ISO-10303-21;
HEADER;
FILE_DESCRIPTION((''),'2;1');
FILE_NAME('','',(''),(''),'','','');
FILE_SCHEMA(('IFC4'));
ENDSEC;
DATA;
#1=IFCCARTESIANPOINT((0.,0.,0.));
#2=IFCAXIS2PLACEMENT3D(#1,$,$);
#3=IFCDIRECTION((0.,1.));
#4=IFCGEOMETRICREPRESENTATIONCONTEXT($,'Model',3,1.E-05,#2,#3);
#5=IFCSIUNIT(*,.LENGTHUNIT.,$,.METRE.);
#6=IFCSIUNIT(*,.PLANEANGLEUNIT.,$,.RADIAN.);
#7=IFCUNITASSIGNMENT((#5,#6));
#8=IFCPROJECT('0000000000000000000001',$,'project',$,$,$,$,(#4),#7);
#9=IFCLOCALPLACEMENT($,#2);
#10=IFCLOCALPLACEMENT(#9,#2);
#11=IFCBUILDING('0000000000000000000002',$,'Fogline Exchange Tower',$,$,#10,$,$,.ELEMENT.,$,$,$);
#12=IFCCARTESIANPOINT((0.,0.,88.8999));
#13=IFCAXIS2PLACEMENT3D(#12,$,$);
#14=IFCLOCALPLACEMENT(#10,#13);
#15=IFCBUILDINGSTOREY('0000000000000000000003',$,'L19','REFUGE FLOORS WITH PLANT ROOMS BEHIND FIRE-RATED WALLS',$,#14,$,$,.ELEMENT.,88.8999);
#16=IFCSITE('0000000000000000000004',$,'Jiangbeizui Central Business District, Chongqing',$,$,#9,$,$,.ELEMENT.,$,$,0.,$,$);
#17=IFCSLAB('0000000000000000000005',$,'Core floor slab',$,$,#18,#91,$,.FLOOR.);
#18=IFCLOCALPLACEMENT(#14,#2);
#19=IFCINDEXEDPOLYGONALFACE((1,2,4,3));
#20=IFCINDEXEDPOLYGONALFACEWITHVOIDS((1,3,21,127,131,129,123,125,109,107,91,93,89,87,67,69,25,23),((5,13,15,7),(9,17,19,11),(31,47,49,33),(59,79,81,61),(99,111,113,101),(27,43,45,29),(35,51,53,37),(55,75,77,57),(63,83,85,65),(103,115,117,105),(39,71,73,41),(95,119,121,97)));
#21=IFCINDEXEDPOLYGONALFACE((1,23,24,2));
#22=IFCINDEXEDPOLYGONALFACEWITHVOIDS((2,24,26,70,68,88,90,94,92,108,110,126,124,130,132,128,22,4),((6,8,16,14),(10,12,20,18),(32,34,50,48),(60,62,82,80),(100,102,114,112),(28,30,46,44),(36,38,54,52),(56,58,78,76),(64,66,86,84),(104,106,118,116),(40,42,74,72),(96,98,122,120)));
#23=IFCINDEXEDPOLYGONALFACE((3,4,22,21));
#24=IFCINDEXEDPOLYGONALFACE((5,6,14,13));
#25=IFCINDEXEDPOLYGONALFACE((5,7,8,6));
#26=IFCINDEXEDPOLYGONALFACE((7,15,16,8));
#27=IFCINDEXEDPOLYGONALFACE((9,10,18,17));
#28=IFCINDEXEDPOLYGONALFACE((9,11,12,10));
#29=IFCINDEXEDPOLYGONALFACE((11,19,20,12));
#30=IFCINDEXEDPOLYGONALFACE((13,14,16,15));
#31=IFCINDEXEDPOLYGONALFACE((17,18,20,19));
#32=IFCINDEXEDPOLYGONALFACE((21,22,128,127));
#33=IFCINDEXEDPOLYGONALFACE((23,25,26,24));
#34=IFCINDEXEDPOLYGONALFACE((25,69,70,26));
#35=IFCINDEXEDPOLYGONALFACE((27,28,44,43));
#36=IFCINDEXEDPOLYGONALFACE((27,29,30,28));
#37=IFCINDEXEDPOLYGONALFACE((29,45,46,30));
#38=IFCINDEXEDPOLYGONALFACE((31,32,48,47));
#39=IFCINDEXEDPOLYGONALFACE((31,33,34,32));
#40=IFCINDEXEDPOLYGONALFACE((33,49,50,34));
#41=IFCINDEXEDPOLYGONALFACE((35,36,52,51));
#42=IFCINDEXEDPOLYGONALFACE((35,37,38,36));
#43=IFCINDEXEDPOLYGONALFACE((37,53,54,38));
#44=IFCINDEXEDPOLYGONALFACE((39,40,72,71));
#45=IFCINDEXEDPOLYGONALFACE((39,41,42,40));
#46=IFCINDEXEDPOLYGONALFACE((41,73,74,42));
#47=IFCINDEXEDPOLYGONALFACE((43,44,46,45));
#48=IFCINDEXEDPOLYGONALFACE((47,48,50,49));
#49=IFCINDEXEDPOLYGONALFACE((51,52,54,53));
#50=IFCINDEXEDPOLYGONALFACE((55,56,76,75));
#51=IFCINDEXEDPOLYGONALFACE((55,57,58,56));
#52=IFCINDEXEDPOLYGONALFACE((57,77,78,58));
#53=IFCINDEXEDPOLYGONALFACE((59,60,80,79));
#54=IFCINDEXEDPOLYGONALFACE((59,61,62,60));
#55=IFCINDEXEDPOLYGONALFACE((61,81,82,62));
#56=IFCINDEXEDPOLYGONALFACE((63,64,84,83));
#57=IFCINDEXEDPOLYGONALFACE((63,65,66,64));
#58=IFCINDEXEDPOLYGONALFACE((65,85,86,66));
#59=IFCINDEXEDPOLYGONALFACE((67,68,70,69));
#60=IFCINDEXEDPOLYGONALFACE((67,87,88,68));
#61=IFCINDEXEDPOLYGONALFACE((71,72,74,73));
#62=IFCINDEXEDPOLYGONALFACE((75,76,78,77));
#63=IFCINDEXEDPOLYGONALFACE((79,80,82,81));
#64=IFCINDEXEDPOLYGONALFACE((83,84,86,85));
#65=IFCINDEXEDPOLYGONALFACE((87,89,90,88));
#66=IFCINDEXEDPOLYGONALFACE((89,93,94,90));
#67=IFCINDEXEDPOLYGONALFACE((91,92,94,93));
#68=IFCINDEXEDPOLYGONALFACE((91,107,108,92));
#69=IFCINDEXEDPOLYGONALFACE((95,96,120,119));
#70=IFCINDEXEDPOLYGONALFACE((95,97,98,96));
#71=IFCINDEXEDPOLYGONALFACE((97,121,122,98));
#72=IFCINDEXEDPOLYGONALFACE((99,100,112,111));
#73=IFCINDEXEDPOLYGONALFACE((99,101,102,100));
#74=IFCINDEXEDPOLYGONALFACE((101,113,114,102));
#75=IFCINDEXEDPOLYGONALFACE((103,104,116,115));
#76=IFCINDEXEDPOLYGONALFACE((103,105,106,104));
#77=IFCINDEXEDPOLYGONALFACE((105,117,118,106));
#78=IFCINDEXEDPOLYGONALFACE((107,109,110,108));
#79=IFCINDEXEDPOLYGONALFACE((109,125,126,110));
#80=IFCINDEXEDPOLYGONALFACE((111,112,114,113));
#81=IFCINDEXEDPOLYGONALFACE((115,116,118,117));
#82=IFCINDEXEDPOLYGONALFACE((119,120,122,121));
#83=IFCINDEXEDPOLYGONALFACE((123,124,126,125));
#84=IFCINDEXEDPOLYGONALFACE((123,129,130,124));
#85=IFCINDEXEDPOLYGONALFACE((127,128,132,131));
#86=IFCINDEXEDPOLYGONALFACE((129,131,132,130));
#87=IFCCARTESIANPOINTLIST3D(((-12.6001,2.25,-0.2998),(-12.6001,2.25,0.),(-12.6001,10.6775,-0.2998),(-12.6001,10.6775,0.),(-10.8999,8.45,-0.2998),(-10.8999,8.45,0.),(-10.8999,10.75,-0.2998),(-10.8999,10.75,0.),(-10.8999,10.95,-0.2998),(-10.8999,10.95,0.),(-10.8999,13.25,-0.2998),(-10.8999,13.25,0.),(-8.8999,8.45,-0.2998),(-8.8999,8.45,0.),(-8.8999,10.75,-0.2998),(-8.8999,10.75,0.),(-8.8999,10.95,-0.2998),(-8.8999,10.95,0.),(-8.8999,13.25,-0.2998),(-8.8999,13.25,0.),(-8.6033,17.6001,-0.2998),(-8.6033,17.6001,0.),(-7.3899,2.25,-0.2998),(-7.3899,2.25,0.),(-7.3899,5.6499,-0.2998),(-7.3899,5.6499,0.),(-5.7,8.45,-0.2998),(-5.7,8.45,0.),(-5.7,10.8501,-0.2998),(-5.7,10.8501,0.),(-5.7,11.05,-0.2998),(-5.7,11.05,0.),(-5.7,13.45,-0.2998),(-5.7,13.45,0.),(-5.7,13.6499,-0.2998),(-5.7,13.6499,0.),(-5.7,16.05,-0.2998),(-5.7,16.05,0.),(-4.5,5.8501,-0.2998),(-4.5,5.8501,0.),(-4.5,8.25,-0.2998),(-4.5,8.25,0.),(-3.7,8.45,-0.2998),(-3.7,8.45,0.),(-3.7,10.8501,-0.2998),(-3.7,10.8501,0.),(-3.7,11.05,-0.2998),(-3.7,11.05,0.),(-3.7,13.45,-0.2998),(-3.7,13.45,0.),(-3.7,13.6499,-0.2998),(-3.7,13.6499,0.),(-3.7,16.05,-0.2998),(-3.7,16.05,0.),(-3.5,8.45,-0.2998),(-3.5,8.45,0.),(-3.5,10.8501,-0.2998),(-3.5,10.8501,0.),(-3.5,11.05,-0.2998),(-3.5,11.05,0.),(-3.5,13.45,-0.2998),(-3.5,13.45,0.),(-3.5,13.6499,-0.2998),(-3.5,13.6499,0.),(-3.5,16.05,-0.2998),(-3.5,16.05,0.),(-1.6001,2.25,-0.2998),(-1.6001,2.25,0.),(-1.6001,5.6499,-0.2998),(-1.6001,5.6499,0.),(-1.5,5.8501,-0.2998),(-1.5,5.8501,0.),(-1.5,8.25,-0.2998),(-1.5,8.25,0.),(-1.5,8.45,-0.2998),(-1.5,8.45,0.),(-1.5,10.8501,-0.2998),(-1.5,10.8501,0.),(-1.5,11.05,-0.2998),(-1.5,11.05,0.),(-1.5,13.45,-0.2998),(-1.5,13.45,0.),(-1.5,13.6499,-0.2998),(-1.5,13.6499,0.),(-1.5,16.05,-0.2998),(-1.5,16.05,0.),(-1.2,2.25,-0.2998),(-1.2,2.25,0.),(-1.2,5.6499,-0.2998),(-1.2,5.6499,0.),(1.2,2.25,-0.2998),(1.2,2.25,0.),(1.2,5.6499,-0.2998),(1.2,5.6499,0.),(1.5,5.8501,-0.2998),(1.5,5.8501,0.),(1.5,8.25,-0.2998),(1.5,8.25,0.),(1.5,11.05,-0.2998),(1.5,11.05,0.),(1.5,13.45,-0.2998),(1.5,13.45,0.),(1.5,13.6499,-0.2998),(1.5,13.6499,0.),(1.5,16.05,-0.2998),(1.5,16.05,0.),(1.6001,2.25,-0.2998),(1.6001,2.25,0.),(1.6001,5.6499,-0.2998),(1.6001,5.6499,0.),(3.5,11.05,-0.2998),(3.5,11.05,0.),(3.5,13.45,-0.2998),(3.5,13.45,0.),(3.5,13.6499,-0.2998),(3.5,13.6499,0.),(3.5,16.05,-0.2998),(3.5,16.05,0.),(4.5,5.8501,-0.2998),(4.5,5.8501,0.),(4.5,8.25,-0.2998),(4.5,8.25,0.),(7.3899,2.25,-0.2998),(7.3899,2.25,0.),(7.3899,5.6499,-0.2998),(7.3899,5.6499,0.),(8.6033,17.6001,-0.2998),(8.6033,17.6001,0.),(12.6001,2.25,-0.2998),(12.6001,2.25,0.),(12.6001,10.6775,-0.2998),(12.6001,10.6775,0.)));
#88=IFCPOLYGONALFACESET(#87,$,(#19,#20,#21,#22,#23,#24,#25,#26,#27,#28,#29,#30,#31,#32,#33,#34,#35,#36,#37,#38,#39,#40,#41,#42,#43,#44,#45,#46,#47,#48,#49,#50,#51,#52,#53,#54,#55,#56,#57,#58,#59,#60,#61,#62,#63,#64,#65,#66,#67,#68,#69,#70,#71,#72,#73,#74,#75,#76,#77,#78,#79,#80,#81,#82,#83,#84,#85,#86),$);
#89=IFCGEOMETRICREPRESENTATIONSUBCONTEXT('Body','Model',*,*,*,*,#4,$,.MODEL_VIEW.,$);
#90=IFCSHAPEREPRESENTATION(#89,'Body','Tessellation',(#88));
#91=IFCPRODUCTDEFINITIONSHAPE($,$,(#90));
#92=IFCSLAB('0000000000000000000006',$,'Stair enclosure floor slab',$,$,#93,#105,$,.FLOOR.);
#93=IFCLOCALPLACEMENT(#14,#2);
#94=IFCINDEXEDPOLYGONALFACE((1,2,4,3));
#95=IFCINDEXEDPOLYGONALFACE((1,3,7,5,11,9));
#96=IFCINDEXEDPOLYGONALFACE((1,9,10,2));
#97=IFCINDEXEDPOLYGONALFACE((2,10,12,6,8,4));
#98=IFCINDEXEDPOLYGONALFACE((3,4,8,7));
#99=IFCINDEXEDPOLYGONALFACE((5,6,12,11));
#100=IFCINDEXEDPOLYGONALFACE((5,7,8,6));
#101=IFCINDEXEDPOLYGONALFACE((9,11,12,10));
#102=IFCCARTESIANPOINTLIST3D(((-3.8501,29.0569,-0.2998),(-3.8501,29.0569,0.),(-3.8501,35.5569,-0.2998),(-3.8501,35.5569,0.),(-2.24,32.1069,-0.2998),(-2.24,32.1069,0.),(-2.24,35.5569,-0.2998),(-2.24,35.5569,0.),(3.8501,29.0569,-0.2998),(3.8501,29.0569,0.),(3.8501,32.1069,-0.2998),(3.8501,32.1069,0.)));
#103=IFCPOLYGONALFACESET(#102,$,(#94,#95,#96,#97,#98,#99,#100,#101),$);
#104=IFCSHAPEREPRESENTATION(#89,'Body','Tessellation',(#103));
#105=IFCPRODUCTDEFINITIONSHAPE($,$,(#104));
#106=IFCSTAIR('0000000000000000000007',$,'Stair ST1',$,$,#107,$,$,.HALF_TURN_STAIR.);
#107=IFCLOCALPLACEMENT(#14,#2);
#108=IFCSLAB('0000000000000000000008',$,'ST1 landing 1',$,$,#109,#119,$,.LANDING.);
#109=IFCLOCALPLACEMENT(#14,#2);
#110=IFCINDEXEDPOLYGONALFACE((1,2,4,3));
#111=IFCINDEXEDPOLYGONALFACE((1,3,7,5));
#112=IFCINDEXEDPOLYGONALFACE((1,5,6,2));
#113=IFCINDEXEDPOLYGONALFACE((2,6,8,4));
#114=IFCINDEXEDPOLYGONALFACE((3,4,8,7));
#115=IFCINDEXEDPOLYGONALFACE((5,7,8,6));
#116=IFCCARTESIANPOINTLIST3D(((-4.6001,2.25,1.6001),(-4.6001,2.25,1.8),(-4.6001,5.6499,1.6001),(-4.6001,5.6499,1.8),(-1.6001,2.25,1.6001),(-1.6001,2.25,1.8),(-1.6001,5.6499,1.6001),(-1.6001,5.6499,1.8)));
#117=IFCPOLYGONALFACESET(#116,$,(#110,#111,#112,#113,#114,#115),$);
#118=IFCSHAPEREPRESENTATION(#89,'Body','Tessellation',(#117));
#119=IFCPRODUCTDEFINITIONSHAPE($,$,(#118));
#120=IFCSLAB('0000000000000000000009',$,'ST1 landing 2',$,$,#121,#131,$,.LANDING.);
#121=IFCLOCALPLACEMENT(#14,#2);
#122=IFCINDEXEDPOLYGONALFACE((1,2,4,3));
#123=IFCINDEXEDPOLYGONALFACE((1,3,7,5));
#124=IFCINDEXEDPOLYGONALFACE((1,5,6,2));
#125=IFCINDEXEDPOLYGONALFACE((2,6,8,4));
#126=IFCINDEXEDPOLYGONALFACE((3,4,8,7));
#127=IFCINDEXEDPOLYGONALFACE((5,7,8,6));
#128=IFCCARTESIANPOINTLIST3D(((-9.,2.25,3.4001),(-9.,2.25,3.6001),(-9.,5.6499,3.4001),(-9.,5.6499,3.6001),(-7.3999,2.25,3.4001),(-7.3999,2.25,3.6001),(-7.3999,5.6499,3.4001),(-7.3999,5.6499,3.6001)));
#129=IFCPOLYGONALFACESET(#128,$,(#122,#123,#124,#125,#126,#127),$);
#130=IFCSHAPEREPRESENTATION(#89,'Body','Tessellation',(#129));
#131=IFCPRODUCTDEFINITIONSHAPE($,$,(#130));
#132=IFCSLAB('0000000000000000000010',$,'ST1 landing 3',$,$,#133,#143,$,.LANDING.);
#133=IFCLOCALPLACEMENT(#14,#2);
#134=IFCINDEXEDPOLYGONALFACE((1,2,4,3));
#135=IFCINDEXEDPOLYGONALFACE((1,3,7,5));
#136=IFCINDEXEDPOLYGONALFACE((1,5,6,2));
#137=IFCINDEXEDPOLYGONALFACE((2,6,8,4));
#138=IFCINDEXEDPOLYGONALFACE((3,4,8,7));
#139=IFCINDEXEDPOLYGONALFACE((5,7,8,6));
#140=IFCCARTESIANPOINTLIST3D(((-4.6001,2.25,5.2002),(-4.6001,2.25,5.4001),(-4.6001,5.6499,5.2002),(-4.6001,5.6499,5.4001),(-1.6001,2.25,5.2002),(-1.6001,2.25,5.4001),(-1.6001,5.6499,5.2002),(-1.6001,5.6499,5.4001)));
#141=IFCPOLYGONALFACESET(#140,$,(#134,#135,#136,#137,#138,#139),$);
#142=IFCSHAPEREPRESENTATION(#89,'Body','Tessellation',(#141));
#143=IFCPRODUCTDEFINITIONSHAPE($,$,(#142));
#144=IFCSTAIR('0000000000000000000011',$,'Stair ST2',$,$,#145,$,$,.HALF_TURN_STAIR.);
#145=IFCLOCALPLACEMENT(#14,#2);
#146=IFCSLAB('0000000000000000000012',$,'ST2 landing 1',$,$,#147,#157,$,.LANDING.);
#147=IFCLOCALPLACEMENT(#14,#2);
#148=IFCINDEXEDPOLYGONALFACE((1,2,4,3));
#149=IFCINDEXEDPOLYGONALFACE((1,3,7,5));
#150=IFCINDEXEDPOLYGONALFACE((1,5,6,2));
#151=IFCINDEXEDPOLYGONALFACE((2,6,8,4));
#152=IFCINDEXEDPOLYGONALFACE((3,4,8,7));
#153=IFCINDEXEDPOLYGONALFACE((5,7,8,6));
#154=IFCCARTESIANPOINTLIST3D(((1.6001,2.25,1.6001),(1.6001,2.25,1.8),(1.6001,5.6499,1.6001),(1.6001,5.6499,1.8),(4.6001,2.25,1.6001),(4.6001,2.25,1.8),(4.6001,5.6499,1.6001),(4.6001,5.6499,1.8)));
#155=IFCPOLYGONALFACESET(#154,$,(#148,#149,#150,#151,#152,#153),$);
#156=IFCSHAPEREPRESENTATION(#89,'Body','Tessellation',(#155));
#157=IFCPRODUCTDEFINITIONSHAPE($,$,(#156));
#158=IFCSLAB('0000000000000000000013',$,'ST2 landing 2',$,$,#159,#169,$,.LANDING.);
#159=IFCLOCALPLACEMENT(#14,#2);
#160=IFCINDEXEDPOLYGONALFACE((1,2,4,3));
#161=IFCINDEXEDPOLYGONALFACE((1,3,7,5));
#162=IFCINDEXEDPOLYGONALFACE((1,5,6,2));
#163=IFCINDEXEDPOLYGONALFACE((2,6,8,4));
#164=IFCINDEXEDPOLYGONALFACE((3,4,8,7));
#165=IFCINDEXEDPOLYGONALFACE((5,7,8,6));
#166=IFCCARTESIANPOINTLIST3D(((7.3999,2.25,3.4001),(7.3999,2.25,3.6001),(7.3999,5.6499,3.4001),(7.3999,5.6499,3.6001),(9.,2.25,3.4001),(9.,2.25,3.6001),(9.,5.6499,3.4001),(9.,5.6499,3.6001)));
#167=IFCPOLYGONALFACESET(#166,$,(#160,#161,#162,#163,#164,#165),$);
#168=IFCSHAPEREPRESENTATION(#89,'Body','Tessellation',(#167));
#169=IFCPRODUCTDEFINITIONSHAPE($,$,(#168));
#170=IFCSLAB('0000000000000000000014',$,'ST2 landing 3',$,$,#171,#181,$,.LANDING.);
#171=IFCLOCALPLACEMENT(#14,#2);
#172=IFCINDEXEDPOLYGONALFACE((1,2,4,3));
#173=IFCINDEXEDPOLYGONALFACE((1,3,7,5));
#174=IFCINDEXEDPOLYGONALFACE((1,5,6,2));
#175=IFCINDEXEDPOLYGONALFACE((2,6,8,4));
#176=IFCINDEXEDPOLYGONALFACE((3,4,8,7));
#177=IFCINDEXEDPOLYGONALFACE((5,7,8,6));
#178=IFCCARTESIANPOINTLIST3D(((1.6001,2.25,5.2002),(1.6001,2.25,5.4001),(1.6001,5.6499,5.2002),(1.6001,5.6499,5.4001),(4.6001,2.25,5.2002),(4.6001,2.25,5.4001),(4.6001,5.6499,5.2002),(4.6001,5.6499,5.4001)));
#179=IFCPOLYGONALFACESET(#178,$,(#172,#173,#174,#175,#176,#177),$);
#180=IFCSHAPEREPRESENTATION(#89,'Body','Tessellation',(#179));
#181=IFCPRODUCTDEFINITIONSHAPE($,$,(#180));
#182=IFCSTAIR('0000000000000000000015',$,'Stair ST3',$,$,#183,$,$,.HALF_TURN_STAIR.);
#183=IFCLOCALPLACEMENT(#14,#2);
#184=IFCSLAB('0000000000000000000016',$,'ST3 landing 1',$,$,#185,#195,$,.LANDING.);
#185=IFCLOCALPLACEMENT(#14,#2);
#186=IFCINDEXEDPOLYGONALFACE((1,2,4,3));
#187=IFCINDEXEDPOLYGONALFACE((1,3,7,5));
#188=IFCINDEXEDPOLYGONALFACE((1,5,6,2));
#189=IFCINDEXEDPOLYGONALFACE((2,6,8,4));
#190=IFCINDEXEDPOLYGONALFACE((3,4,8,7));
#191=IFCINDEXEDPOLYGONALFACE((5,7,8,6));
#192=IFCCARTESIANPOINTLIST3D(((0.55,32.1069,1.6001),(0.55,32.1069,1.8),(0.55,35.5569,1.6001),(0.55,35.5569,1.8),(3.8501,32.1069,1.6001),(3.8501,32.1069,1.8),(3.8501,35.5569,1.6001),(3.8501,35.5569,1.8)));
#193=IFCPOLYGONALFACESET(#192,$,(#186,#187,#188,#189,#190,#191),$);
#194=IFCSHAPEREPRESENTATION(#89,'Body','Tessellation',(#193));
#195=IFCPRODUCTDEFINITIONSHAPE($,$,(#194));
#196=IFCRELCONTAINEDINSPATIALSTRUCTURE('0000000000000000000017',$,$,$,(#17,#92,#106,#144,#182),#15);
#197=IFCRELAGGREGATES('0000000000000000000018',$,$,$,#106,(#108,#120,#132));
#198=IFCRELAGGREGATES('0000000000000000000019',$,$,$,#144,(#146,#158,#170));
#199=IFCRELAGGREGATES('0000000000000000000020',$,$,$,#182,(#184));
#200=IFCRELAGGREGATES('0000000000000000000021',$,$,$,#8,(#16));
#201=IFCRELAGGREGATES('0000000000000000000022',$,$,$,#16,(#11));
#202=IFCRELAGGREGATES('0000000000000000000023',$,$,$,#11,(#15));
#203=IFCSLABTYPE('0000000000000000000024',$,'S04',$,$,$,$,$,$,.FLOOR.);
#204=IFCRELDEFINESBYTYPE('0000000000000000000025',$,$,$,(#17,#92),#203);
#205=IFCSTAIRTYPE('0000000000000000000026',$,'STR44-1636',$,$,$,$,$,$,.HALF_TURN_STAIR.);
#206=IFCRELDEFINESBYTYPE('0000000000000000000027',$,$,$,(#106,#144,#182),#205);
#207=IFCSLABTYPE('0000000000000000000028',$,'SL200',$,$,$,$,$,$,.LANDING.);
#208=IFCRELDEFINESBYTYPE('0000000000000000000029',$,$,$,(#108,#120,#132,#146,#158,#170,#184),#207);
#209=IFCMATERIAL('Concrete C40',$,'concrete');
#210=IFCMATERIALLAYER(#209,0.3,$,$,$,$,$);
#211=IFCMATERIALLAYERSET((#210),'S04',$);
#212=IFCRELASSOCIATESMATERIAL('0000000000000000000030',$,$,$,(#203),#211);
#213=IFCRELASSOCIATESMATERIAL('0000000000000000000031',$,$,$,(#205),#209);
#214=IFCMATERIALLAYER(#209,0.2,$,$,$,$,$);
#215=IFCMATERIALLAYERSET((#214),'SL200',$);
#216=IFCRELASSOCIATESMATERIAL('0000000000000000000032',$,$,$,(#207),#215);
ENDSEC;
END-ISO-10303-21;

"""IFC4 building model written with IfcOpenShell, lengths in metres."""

from ifc_helpers import new_model, si_unit, direction, frame, origin, place, context, subcontext, project, spatial, polyline, outline, extrude, material, layer, layer_set, type_object, element, aggregate, save


model = new_model("IFC4")

# Units and contexts
model_context = context("Model", 3, precision=1e-05, world=origin(), true_north=direction((0.0, 1.0)))
body_context = subcontext(model_context, "Body", "Model", "MODEL_VIEW")
ifc_project = project(units=[si_unit("LENGTHUNIT", "METRE"), si_unit("PLANEANGLEUNIT", "RADIAN")], contexts=[model_context])

# Site, building, storey
site_placement = place(None, origin())
site = spatial("IfcSite", under=ifc_project, at=site_placement, Name="Jiangbeizui Central Business District, Chongqing", CompositionType="ELEMENT", RefElevation=0.0)
building_placement = place(site_placement, origin())
building = spatial("IfcBuilding", under=site, at=building_placement, Name="Fogline Exchange Tower", CompositionType="ELEMENT")
storey_placement = place(building_placement, frame((0.0, 0.0, 88.8999)))
storey = spatial("IfcBuildingStorey", under=building, at=storey_placement, Name="L19", Description="REFUGE FLOORS WITH PLANT ROOMS BEHIND FIRE-RATED WALLS", CompositionType="ELEMENT", Elevation=88.8999)

# Slabs
ifc_material_1 = material(Name="Concrete C40", Category="concrete")
ifc_layer_1 = layer(ifc_material_1, 0.3)
ifc_layer_set_1 = layer_set([ifc_layer_1], Name="S04")
slab_type_1 = type_object("IfcSlabType", Name="S04", PredefinedType="FLOOR", material=ifc_layer_set_1)
slab_1_placement = place(storey_placement, frame((0.0, 0.0, -0.2998)))
element("IfcSlab", 1, at=slab_1_placement, inside=storey, type_object=slab_type_1, Name="Core floor slab", PredefinedType="FLOOR", context=body_context, shape_type="SweptSolid", body=[
    extrude(outline(polyline([(-12.6001, 2.25), (-12.6001, 10.6775), (-8.6033, 17.6001), (8.6033, 17.6001), (12.6001, 10.6775), (12.6001, 2.25), (7.3899, 2.25), (7.3899, 5.6499), (1.6001, 5.6499), (1.6001, 2.25), (1.2, 2.25), (1.2, 5.6499), (-1.2, 5.6499), (-1.2, 2.25), (-1.6001, 2.25), (-1.6001, 5.6499), (-7.3899, 5.6499), (-7.3899, 2.25), (-12.6001, 2.25)]), holes=[polyline([(-1.5, 8.25), (-4.5, 8.25), (-4.5, 5.8501), (-1.5, 5.8501), (-1.5, 8.25)]), polyline([(-8.8999, 10.75), (-10.8999, 10.75), (-10.8999, 8.45), (-8.8999, 8.45), (-8.8999, 10.75)]), polyline([(-3.7, 10.8501), (-5.7, 10.8501), (-5.7, 8.45), (-3.7, 8.45), (-3.7, 10.8501)]), polyline([(-1.5, 10.8501), (-3.5, 10.8501), (-3.5, 8.45), (-1.5, 8.45), (-1.5, 10.8501)]), polyline([(-8.8999, 13.25), (-10.8999, 13.25), (-10.8999, 10.95), (-8.8999, 10.95), (-8.8999, 13.25)]), polyline([(-3.7, 13.45), (-5.7, 13.45), (-5.7, 11.05), (-3.7, 11.05), (-3.7, 13.45)]), polyline([(-3.7, 16.05), (-5.7, 16.05), (-5.7, 13.6499), (-3.7, 13.6499), (-3.7, 16.05)]), polyline([(4.5, 8.25), (1.5, 8.25), (1.5, 5.8501), (4.5, 5.8501), (4.5, 8.25)]), polyline([(-1.5, 13.45), (-3.5, 13.45), (-3.5, 11.05), (-1.5, 11.05), (-1.5, 13.45)]), polyline([(3.5, 13.45), (1.5, 13.45), (1.5, 11.05), (3.5, 11.05), (3.5, 13.45)]), polyline([(-1.5, 16.05), (-3.5, 16.05), (-3.5, 13.6499), (-1.5, 13.6499), (-1.5, 16.05)]), polyline([(3.5, 16.05), (1.5, 16.05), (1.5, 13.6499), (3.5, 13.6499), (3.5, 16.05)])]), origin(), (0.0, 0.0, 1.0), 0.2998),
])
slab_2_placement = place(storey_placement, frame((0.0, 0.0, -0.2998)))
element("IfcSlab", 2, at=slab_2_placement, inside=storey, type_object=slab_type_1, Name="Stair enclosure floor slab", PredefinedType="FLOOR", context=body_context, shape_type="SweptSolid", body=[
    extrude(outline(polyline([(3.8501, 29.0569), (-3.8501, 29.0569), (-3.8501, 35.5569), (-2.24, 35.5569), (-2.24, 32.1069), (3.8501, 32.1069), (3.8501, 29.0569)])), origin(), (0.0, 0.0, 1.0), 0.2998),
])

# Stairs, slabs
stair_type = type_object("IfcStairType", Name="STR44-1636", PredefinedType="HALF_TURN_STAIR", material=ifc_material_1)
stair_1_placement = place(storey_placement, origin())
stair_1 = element("IfcStair", 3, at=stair_1_placement, inside=storey, type_object=stair_type, Name="Stair ST1", PredefinedType="HALF_TURN_STAIR")
ifc_layer_2 = layer(ifc_material_1, 0.2)
ifc_layer_set_2 = layer_set([ifc_layer_2], Name="SL200")
slab_type_2 = type_object("IfcSlabType", Name="SL200", PredefinedType="LANDING", material=ifc_layer_set_2)
slab_3_placement = place(storey_placement, frame((0.0, 0.0, 1.6001)))
slab_3 = element("IfcSlab", 4, at=slab_3_placement, type_object=slab_type_2, Name="ST1 landing 1", PredefinedType="LANDING", context=body_context, shape_type="SweptSolid", body=[
    extrude(outline(polyline([(-4.6001, 2.25), (-1.6001, 2.25), (-1.6001, 5.6499), (-4.6001, 5.6499), (-4.6001, 2.25)])), origin(), (0.0, 0.0, 1.0), 0.2),
])
slab_4_placement = place(storey_placement, frame((0.0, 0.0, 3.4001)))
slab_4 = element("IfcSlab", 5, at=slab_4_placement, type_object=slab_type_2, Name="ST1 landing 2", PredefinedType="LANDING", context=body_context, shape_type="SweptSolid", body=[
    extrude(outline(polyline([(-9.0, 2.25), (-7.3999, 2.25), (-7.3999, 5.6499), (-9.0, 5.6499), (-9.0, 2.25)])), origin(), (0.0, 0.0, 1.0), 0.2),
])
slab_5_placement = place(storey_placement, frame((0.0, 0.0, 5.2002)))
slab_5 = element("IfcSlab", 6, at=slab_5_placement, type_object=slab_type_2, Name="ST1 landing 3", PredefinedType="LANDING", context=body_context, shape_type="SweptSolid", body=[
    extrude(outline(polyline([(-4.6001, 2.25), (-1.6001, 2.25), (-1.6001, 5.6499), (-4.6001, 5.6499), (-4.6001, 2.25)])), origin(), (0.0, 0.0, 1.0), 0.2),
])
aggregate(stair_1, [slab_3, slab_4, slab_5])
stair_2_placement = place(storey_placement, origin())
stair_2 = element("IfcStair", 7, at=stair_2_placement, inside=storey, type_object=stair_type, Name="Stair ST2", PredefinedType="HALF_TURN_STAIR")
slab_6_placement = place(storey_placement, frame((0.0, 0.0, 1.6001)))
slab_6 = element("IfcSlab", 8, at=slab_6_placement, type_object=slab_type_2, Name="ST2 landing 1", PredefinedType="LANDING", context=body_context, shape_type="SweptSolid", body=[
    extrude(outline(polyline([(1.6001, 2.25), (4.6001, 2.25), (4.6001, 5.6499), (1.6001, 5.6499), (1.6001, 2.25)])), origin(), (0.0, 0.0, 1.0), 0.2),
])
slab_7_placement = place(storey_placement, frame((0.0, 0.0, 3.4001)))
slab_7 = element("IfcSlab", 9, at=slab_7_placement, type_object=slab_type_2, Name="ST2 landing 2", PredefinedType="LANDING", context=body_context, shape_type="SweptSolid", body=[
    extrude(outline(polyline([(7.3999, 2.25), (9.0, 2.25), (9.0, 5.6499), (7.3999, 5.6499), (7.3999, 2.25)])), origin(), (0.0, 0.0, 1.0), 0.2),
])
slab_8_placement = place(storey_placement, frame((0.0, 0.0, 5.2002)))
slab_8 = element("IfcSlab", 10, at=slab_8_placement, type_object=slab_type_2, Name="ST2 landing 3", PredefinedType="LANDING", context=body_context, shape_type="SweptSolid", body=[
    extrude(outline(polyline([(1.6001, 2.25), (4.6001, 2.25), (4.6001, 5.6499), (1.6001, 5.6499), (1.6001, 2.25)])), origin(), (0.0, 0.0, 1.0), 0.2),
])
aggregate(stair_2, [slab_6, slab_7, slab_8])
stair_3_placement = place(storey_placement, origin())
stair_3 = element("IfcStair", 11, at=stair_3_placement, inside=storey, type_object=stair_type, Name="Stair ST3", PredefinedType="HALF_TURN_STAIR")
slab_9_placement = place(storey_placement, frame((0.0, 0.0, 1.6001)))
slab_9 = element("IfcSlab", 12, at=slab_9_placement, type_object=slab_type_2, Name="ST3 landing 1", PredefinedType="LANDING", context=body_context, shape_type="SweptSolid", body=[
    extrude(outline(polyline([(0.55, 32.1069), (3.8501, 32.1069), (3.8501, 35.5569), (0.55, 35.5569), (0.55, 32.1069)])), origin(), (0.0, 0.0, 1.0), 0.2),
])
aggregate(stair_3, [slab_9])

save(model, "model.ifc")
